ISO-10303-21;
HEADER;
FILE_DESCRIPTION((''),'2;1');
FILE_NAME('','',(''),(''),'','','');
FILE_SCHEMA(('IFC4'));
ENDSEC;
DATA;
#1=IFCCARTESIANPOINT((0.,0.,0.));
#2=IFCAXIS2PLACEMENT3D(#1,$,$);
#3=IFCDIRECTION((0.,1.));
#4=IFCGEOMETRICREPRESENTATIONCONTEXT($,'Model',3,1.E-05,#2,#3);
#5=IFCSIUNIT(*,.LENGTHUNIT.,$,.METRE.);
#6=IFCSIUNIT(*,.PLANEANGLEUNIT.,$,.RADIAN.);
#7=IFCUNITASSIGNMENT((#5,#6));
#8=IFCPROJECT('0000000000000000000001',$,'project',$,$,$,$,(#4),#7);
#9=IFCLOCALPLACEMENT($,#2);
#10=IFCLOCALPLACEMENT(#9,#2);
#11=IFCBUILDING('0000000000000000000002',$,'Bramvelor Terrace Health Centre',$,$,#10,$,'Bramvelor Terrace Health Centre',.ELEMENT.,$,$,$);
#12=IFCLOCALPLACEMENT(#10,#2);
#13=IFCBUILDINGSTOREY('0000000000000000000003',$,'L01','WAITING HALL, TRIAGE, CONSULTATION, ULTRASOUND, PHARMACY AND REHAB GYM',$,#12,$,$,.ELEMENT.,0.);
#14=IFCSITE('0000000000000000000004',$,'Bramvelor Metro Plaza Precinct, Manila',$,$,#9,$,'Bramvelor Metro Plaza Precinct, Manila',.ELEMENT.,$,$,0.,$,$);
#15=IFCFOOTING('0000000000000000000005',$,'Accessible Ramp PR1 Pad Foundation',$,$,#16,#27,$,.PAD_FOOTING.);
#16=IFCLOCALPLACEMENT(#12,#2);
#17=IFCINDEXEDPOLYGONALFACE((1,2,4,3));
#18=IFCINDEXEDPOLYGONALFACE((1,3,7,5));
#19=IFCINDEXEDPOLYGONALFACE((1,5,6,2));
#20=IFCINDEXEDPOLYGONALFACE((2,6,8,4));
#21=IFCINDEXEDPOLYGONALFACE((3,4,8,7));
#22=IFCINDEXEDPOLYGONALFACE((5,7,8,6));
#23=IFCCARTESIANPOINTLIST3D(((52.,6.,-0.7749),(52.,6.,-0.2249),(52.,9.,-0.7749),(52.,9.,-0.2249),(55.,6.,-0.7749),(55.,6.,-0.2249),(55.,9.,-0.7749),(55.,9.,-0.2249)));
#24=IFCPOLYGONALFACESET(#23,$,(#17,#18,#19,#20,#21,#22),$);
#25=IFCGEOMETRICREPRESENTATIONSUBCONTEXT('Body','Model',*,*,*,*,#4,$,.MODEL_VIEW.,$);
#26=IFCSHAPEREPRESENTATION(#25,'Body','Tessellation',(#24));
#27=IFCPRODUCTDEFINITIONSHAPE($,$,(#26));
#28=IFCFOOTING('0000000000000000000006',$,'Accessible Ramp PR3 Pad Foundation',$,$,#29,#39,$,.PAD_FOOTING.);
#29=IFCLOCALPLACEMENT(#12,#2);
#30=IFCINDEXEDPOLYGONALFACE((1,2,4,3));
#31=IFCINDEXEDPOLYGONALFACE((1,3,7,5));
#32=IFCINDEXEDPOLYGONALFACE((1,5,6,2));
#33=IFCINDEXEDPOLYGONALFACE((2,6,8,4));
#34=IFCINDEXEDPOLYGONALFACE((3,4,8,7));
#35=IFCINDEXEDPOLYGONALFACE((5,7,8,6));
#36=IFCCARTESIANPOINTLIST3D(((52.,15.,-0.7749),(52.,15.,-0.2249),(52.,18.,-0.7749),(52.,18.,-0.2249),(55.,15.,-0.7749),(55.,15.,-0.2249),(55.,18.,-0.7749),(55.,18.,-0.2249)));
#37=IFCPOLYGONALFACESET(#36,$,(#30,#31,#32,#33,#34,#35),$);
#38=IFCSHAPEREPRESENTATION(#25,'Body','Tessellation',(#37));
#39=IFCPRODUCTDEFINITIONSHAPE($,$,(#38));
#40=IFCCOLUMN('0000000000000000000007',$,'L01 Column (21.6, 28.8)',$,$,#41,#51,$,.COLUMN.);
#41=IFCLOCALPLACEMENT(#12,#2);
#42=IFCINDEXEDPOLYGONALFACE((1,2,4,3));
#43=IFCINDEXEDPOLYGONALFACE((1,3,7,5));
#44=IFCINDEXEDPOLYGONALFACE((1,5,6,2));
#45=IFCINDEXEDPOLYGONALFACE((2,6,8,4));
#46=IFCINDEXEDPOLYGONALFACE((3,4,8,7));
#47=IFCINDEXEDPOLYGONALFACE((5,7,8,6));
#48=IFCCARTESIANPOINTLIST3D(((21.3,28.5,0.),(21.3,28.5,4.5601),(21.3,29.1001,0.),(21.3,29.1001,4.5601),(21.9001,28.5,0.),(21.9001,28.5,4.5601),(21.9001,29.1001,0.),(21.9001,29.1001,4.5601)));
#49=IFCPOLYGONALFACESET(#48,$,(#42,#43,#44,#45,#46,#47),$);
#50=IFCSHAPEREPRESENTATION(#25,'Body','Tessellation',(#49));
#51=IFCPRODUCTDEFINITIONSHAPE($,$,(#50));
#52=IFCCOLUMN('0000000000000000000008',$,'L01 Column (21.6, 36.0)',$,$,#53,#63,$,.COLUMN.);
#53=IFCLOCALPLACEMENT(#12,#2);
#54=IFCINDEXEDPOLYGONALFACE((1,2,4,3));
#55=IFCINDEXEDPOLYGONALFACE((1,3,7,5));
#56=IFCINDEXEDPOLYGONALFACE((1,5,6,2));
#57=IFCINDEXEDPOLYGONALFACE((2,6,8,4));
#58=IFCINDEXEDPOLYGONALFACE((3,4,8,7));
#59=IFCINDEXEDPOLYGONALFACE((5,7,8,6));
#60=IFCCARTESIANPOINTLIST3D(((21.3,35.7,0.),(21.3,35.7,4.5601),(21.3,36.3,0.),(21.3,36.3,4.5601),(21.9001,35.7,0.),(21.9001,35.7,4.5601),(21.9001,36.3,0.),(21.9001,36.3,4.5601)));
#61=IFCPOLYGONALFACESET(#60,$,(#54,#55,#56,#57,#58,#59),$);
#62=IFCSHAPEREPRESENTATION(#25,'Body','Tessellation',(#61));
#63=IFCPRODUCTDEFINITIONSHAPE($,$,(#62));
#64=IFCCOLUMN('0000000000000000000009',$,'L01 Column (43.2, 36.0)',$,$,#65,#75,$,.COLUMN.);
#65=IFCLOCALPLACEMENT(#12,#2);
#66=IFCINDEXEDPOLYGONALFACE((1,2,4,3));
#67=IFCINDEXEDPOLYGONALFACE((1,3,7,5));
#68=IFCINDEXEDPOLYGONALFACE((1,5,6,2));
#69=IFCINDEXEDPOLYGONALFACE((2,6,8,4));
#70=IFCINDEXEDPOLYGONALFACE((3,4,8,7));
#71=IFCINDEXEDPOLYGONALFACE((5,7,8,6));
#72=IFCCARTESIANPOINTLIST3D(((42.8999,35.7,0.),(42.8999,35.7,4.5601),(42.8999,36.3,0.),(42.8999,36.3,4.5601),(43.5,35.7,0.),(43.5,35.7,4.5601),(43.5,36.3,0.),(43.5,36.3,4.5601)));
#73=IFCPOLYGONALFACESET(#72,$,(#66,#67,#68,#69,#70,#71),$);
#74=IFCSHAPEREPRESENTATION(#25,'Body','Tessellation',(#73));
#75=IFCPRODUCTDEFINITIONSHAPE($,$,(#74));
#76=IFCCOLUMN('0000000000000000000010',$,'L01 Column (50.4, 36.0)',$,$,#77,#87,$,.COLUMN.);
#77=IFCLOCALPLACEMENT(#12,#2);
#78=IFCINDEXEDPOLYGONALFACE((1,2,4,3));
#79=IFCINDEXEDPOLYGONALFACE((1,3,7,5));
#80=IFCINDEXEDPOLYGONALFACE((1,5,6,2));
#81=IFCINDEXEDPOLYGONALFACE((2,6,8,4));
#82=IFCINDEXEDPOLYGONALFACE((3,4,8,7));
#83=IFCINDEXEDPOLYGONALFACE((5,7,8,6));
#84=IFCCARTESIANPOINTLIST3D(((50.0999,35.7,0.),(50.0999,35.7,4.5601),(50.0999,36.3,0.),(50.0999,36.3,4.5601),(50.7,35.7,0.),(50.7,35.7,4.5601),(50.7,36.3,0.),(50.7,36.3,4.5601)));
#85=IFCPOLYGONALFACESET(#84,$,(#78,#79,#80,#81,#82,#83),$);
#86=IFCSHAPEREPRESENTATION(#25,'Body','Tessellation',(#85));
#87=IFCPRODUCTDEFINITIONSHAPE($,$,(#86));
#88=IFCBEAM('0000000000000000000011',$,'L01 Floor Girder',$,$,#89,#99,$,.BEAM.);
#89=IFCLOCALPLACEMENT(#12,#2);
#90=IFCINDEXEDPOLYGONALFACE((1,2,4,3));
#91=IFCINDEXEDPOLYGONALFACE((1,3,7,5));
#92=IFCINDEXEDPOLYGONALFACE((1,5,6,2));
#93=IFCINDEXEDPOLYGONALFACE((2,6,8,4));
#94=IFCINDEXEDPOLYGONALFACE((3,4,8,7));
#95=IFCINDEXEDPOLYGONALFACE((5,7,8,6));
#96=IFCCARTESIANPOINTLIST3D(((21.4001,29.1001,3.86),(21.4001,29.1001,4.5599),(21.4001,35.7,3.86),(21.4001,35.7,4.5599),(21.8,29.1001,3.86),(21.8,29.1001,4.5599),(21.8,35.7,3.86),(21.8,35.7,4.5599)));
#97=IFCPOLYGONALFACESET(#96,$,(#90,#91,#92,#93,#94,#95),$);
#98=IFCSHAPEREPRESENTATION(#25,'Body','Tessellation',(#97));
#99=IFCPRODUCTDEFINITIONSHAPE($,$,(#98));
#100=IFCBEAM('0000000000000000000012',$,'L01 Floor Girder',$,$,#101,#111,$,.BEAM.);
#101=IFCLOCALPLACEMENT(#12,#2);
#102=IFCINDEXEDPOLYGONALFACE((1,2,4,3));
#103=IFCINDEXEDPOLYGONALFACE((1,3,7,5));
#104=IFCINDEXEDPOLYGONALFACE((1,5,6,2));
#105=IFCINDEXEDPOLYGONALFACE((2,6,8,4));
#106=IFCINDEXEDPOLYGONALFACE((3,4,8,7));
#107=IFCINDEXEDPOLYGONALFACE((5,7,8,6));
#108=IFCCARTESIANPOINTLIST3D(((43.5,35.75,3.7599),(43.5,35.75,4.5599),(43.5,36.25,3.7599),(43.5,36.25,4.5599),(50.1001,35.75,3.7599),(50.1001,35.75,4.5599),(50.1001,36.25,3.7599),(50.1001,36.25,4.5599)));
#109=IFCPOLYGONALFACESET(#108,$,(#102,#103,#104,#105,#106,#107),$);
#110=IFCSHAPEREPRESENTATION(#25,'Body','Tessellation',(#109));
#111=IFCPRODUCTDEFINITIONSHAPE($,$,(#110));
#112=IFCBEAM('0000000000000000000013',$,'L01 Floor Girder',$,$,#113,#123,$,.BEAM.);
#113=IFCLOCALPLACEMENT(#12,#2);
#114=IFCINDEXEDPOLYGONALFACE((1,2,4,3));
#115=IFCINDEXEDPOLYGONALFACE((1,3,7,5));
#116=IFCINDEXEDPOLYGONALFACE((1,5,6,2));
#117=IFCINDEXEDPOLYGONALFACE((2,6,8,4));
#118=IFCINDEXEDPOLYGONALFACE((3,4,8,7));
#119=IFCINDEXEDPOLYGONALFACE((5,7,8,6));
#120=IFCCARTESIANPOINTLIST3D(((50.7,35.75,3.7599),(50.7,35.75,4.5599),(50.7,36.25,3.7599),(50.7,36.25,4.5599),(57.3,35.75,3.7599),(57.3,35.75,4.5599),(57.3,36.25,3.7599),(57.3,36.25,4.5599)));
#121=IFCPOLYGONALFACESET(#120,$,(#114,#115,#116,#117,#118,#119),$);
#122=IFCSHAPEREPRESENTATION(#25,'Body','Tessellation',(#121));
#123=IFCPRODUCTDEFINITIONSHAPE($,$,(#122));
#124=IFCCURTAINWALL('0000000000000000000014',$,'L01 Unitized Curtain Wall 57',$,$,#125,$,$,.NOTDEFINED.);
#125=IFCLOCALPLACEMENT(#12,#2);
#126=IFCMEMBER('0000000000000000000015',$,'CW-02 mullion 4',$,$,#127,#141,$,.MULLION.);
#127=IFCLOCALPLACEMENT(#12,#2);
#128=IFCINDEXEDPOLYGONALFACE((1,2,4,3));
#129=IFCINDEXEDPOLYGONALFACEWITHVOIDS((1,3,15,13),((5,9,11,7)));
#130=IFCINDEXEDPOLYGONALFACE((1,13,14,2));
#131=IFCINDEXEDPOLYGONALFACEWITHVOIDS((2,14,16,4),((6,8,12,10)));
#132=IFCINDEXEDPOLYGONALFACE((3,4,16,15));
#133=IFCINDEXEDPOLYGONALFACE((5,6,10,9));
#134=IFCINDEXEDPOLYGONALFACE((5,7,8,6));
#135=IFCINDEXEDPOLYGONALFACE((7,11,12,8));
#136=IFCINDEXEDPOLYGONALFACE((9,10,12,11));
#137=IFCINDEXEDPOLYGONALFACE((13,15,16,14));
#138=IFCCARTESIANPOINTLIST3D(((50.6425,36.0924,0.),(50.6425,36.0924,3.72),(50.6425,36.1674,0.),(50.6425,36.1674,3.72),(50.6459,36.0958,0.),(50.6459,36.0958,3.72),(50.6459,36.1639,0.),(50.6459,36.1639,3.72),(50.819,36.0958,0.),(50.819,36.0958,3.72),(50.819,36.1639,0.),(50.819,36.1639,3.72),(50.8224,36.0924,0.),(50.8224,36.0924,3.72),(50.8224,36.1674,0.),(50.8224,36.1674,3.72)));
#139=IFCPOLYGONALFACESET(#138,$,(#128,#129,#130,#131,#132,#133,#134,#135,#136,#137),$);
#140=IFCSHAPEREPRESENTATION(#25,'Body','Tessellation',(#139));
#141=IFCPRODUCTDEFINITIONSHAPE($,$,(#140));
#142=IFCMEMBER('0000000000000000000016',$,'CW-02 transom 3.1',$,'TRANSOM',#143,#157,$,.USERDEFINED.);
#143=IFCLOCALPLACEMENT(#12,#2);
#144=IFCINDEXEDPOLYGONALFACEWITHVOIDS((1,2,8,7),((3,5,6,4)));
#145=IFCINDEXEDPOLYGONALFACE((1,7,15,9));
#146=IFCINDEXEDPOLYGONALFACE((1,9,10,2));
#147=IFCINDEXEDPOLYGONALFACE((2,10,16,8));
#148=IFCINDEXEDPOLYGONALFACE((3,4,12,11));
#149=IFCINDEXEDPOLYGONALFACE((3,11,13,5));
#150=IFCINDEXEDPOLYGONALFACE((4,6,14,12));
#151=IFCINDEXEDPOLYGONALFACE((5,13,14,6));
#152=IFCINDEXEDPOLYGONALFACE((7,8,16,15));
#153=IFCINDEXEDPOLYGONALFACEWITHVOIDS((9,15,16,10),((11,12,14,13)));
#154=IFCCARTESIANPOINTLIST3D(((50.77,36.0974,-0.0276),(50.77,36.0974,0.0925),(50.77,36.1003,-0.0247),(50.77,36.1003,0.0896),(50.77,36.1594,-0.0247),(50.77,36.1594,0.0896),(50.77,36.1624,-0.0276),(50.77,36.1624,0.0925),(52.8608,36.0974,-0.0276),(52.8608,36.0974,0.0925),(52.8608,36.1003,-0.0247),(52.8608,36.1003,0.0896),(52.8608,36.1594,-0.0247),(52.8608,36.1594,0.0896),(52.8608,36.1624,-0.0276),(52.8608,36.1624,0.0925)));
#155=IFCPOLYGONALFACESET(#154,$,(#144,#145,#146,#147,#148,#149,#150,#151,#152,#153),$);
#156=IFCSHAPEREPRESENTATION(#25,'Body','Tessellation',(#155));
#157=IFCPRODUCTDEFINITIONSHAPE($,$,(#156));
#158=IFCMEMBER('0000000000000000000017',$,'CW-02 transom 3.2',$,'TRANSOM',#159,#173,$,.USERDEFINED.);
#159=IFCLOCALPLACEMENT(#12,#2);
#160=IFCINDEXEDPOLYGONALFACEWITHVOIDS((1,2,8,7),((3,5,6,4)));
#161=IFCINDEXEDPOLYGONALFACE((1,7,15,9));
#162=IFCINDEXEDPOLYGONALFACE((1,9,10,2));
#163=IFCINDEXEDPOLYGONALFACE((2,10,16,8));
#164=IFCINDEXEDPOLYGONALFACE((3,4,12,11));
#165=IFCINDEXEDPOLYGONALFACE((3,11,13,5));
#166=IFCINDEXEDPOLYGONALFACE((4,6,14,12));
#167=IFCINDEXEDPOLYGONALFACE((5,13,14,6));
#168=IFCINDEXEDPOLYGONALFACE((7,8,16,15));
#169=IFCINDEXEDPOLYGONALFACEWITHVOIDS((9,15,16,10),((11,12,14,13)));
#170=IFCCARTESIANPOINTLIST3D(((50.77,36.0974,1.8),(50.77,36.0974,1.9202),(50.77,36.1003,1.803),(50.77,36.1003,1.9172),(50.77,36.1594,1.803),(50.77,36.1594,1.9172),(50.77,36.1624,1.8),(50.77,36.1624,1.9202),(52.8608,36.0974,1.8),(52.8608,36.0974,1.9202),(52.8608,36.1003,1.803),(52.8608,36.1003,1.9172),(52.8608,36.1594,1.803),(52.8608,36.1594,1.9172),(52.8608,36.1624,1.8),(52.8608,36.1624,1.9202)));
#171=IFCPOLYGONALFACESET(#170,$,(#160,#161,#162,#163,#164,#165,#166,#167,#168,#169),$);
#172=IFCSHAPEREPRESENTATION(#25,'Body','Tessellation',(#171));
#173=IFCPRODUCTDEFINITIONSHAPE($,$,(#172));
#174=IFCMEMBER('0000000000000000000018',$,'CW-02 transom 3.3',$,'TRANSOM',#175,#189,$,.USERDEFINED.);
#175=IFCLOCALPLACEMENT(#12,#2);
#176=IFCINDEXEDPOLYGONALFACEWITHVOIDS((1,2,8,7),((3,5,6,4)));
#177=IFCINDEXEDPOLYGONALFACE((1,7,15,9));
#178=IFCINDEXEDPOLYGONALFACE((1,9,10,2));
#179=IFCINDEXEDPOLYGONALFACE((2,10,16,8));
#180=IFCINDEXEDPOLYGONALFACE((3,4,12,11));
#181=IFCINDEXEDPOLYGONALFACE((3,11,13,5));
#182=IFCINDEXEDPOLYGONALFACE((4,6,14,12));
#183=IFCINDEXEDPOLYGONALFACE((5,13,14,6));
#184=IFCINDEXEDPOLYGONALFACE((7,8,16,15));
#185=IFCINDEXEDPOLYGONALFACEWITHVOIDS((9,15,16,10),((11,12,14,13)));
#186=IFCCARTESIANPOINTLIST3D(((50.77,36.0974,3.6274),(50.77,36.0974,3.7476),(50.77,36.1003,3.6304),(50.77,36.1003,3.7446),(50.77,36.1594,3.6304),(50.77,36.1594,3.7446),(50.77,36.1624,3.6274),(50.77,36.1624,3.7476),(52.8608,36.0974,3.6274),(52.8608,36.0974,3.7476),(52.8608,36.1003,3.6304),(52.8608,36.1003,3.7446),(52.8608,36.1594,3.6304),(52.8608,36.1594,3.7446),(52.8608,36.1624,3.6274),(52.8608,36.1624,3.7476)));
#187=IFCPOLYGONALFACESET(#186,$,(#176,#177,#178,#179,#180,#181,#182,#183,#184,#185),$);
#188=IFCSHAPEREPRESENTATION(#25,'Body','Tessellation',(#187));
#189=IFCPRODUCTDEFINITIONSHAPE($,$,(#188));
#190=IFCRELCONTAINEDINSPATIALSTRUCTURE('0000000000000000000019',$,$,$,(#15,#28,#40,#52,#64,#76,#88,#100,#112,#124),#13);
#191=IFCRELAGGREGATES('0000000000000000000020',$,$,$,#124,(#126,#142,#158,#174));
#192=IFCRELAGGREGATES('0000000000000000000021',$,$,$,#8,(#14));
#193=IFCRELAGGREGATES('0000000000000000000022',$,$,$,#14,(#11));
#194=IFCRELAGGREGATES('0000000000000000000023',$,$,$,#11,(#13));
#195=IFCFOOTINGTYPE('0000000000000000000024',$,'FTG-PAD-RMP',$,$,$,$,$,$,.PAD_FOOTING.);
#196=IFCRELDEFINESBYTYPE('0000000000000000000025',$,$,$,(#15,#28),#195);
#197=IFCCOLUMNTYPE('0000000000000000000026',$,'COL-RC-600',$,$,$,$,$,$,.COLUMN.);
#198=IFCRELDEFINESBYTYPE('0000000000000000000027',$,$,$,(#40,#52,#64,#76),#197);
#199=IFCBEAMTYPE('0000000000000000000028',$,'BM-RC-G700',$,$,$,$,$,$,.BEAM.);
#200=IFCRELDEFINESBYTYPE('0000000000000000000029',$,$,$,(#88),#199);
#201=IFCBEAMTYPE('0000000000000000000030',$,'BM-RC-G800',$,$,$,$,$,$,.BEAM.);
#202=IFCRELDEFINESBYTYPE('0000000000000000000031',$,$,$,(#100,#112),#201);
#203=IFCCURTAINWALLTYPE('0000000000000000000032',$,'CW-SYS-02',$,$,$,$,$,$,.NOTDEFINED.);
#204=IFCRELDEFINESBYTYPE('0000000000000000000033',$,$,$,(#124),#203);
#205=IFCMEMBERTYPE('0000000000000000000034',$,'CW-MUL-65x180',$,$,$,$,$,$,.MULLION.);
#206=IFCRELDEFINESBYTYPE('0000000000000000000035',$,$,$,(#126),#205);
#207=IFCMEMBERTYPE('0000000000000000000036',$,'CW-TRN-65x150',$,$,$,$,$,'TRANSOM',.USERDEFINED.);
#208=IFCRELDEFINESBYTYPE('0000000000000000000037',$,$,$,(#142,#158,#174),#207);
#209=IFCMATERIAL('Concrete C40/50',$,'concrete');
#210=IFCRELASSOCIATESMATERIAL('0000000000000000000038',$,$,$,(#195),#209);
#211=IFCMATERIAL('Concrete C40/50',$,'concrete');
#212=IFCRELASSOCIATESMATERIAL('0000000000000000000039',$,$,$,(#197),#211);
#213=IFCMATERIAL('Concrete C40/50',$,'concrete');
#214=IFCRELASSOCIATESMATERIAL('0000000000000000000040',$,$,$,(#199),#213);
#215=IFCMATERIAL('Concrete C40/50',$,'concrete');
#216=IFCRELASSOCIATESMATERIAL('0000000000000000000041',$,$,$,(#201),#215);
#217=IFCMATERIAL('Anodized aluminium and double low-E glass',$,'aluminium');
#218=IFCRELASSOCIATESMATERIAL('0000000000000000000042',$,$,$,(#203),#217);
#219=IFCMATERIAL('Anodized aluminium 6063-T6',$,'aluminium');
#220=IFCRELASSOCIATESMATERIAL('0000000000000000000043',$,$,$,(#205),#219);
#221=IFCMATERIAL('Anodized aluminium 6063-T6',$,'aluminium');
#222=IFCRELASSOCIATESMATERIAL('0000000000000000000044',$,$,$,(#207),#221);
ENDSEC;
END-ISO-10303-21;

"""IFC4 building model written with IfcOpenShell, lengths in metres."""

from ifc_helpers import new_model, si_unit, direction, frame, origin, origin_2d, place, context, subcontext, project, spatial, rectangle, hollow_rectangle, extrude, material, material_profile, profile_set, type_object, element, aggregate, save


model = new_model("IFC4")

# Units and contexts
model_context = context("Model", 3, precision=1e-05, world=origin(), true_north=direction((0.0, 1.0)))
body_context = subcontext(model_context, "Body", "Model", "MODEL_VIEW")
ifc_project = project(units=[si_unit("LENGTHUNIT", "METRE"), si_unit("PLANEANGLEUNIT", "RADIAN")], contexts=[model_context])

# Site, building, storey
site_placement = place(None, origin())
site = spatial("IfcSite", under=ifc_project, at=site_placement, Name="Bramvelor Metro Plaza Precinct, Manila", LongName="Bramvelor Metro Plaza Precinct, Manila", CompositionType="ELEMENT", RefElevation=0.0)
building_placement = place(site_placement, origin())
building = spatial("IfcBuilding", under=site, at=building_placement, Name="Bramvelor Terrace Health Centre", LongName="Bramvelor Terrace Health Centre", CompositionType="ELEMENT")
storey_placement = place(building_placement, origin())
storey = spatial("IfcBuildingStorey", under=building, at=storey_placement, Name="L01", Description="WAITING HALL, TRIAGE, CONSULTATION, ULTRASOUND, PHARMACY AND REHAB GYM", CompositionType="ELEMENT", Elevation=0.0)

# Footings
ifc_material_1 = material(Name="Concrete C40/50", Category="concrete")
footing_type = type_object("IfcFootingType", Name="FTG-PAD-RMP", PredefinedType="PAD_FOOTING", material=ifc_material_1)
for number, where, z_axis, x_axis, name in (
    (1, (53.5, 7.5, -0.7749), (0.0, 0.0, 1.0), (1.0, 0.0, 0.0), "Accessible Ramp PR1 Pad Foundation"),
    (2, (53.5, 16.5, -0.7749), (0.0, 0.0, 1.0), (1.0, 0.0, 0.0), "Accessible Ramp PR3 Pad Foundation"),
):
    element("IfcFooting", number, at=place(storey_placement, frame(where, z_axis=z_axis, x_axis=x_axis)), inside=storey, type_object=footing_type, Name=name, PredefinedType="PAD_FOOTING", context=body_context, shape_type="SweptSolid", body=[
        extrude(rectangle(XDim=3.0, YDim=3.0, at=origin_2d()), origin(), (0.0, 0.0, 1.0), 0.55),
    ])

# Columns
ifc_material_2 = material(Name="Concrete C40/50", Category="concrete")
ifc_material_profile_1 = material_profile(ifc_material_2, rectangle(XDim=0.6001, YDim=0.6001, at=origin_2d()), Name="RC 600x600")
ifc_profile_set_1 = profile_set([ifc_material_profile_1], Name="Concrete C40/50")
column_type = type_object("IfcColumnType", Name="COL-RC-600", PredefinedType="COLUMN", material=ifc_profile_set_1)
for number, where, z_axis, x_axis, name in (
    (3, (21.6001, 28.8, 0.0), (0.0, 0.0, 1.0), (1.0, 0.0, 0.0), "L01 Column (21.6, 28.8)"),
    (4, (21.6001, 36.0, 0.0), (0.0, 0.0, 1.0), (1.0, 0.0, 0.0), "L01 Column (21.6, 36.0)"),
    (5, (43.2, 36.0, 0.0), (0.0, 0.0, 1.0), (1.0, 0.0, 0.0), "L01 Column (43.2, 36.0)"),
    (6, (50.3999, 36.0, 0.0), (0.0, 0.0, 1.0), (1.0, 0.0, 0.0), "L01 Column (50.4, 36.0)"),
):
    element("IfcColumn", number, at=place(storey_placement, frame(where, z_axis=z_axis, x_axis=x_axis)), inside=storey, type_object=column_type, Name=name, PredefinedType="COLUMN", context=body_context, shape_type="SweptSolid", body=[
        extrude(rectangle(XDim=0.6001, YDim=0.6001, at=origin_2d()), origin(), (0.0, 0.0, 1.0), 4.5601),
    ])

# Beams
ifc_material_3 = material(Name="Concrete C40/50", Category="concrete")
ifc_material_profile_2 = material_profile(ifc_material_3, rectangle(XDim=0.3999, YDim=0.7, at=origin_2d()), Name="RC 400x700")
ifc_profile_set_2 = profile_set([ifc_material_profile_2], Name="Concrete C40/50")
beam_type_1 = type_object("IfcBeamType", Name="BM-RC-G700", PredefinedType="BEAM", material=ifc_profile_set_2)
beam_placement = place(storey_placement, frame((21.6001, 29.1001, 4.21), z_axis=(0.0, 1.0, 0.0), x_axis=(-1.0, 0.0, 0.0)))
element("IfcBeam", 7, at=beam_placement, inside=storey, type_object=beam_type_1, Name="L01 Floor Girder", PredefinedType="BEAM", context=body_context, shape_type="SweptSolid", body=[
    extrude(rectangle(XDim=0.3999, YDim=0.7, at=origin_2d()), origin(), (0.0, 0.0, 1.0), 6.5999),
])
ifc_material_4 = material(Name="Concrete C40/50", Category="concrete")
ifc_material_profile_3 = material_profile(ifc_material_4, rectangle(XDim=0.5, YDim=0.8, at=origin_2d()), Name="RC 500x800")
ifc_profile_set_3 = profile_set([ifc_material_profile_3], Name="Concrete C40/50")
beam_type_2 = type_object("IfcBeamType", Name="BM-RC-G800", PredefinedType="BEAM", material=ifc_profile_set_3)
for number, where, z_axis, x_axis, name in (
    (8, (43.5, 36.0, 4.1599), (1.0, 0.0, 0.0), (0.0, 1.0, 0.0), "L01 Floor Girder"),
    (9, (50.7, 36.0, 4.1599), (1.0, 0.0, 0.0), (0.0, 1.0, 0.0), "L01 Floor Girder"),
):
    element("IfcBeam", number, at=place(storey_placement, frame(where, z_axis=z_axis, x_axis=x_axis)), inside=storey, type_object=beam_type_2, Name=name, PredefinedType="BEAM", context=body_context, shape_type="SweptSolid", body=[
        extrude(rectangle(XDim=0.5, YDim=0.8, at=origin_2d()), origin(), (0.0, 0.0, 1.0), 6.6001),
    ])

# Curtain wall, members
ifc_material_5 = material(Name="Anodized aluminium and double low-E glass", Category="aluminium")
curtain_wall_type = type_object("IfcCurtainWallType", Name="CW-SYS-02", PredefinedType="NOTDEFINED", material=ifc_material_5)
curtain_wall_placement = place(storey_placement, origin())
curtain_wall = element("IfcCurtainWall", 10, at=curtain_wall_placement, inside=storey, type_object=curtain_wall_type, Name="L01 Unitized Curtain Wall 57", PredefinedType="NOTDEFINED")
ifc_material_6 = material(Name="Anodized aluminium 6063-T6", Category="aluminium")
ifc_material_profile_4 = material_profile(ifc_material_6, hollow_rectangle(XDim=0.075, YDim=0.1799, WallThickness=0.0034, at=origin_2d()), Name="ALU-MUL 75x180x3.5")
ifc_profile_set_4 = profile_set([ifc_material_profile_4], Name="Anodized aluminium 6063-T6")
member_type_1 = type_object("IfcMemberType", Name="CW-MUL-65x180", PredefinedType="MULLION", material=ifc_profile_set_4)
member_1_placement = place(storey_placement, frame((50.7324, 36.1299, 0.0), z_axis=(0.0, 0.0, 1.0), x_axis=(0.0, -1.0, 0.0)))
member_1 = element("IfcMember", 11, at=member_1_placement, type_object=member_type_1, Name="CW-02 mullion 4", PredefinedType="MULLION", context=body_context, shape_type="SweptSolid", body=[
    extrude(hollow_rectangle(XDim=0.075, YDim=0.1799, WallThickness=0.0034, at=origin_2d()), origin(), (0.0, 0.0, 1.0), 3.72),
])
ifc_material_7 = material(Name="Anodized aluminium 6063-T6", Category="aluminium")
ifc_material_profile_5 = material_profile(ifc_material_7, hollow_rectangle(XDim=0.0649, YDim=0.1201, WallThickness=0.0029, at=origin_2d()), Name="ALU-TRN 65x120x3.0")
ifc_profile_set_5 = profile_set([ifc_material_profile_5], Name="Anodized aluminium 6063-T6")
member_type_2 = type_object("IfcMemberType", Name="CW-TRN-65x150", ElementType="TRANSOM", PredefinedType="USERDEFINED", material=ifc_profile_set_5)
member_2_placement = place(storey_placement, frame((52.8608, 36.1299, 0.0325), z_axis=(-1.0, 0.0, 0.0), x_axis=(0.0, -1.0, 0.0)))
member_2 = element("IfcMember", 12, at=member_2_placement, type_object=member_type_2, Name="CW-02 transom 3.1", ObjectType="TRANSOM", PredefinedType="USERDEFINED", context=body_context, shape_type="SweptSolid", body=[
    extrude(hollow_rectangle(XDim=0.0649, YDim=0.1201, WallThickness=0.0029, at=origin_2d()), origin(), (0.0, 0.0, 1.0), 2.0908),
])
member_3_placement = place(storey_placement, frame((52.8608, 36.1299, 1.8601), z_axis=(-1.0, 0.0, 0.0), x_axis=(0.0, -1.0, 0.0)))
member_3 = element("IfcMember", 13, at=member_3_placement, type_object=member_type_2, Name="CW-02 transom 3.2", ObjectType="TRANSOM", PredefinedType="USERDEFINED", context=body_context, shape_type="SweptSolid", body=[
    extrude(hollow_rectangle(XDim=0.0649, YDim=0.1201, WallThickness=0.0029, at=origin_2d()), origin(), (0.0, 0.0, 1.0), 2.0908),
])
member_4_placement = place(storey_placement, frame((52.8608, 36.1299, 3.6875), z_axis=(-1.0, 0.0, 0.0), x_axis=(0.0, -1.0, 0.0)))
member_4 = element("IfcMember", 14, at=member_4_placement, type_object=member_type_2, Name="CW-02 transom 3.3", ObjectType="TRANSOM", PredefinedType="USERDEFINED", context=body_context, shape_type="SweptSolid", body=[
    extrude(hollow_rectangle(XDim=0.0649, YDim=0.1201, WallThickness=0.0029, at=origin_2d()), origin(), (0.0, 0.0, 1.0), 2.0908),
])
aggregate(curtain_wall, [member_1, member_2, member_3, member_4])

save(model, "model.ifc")
